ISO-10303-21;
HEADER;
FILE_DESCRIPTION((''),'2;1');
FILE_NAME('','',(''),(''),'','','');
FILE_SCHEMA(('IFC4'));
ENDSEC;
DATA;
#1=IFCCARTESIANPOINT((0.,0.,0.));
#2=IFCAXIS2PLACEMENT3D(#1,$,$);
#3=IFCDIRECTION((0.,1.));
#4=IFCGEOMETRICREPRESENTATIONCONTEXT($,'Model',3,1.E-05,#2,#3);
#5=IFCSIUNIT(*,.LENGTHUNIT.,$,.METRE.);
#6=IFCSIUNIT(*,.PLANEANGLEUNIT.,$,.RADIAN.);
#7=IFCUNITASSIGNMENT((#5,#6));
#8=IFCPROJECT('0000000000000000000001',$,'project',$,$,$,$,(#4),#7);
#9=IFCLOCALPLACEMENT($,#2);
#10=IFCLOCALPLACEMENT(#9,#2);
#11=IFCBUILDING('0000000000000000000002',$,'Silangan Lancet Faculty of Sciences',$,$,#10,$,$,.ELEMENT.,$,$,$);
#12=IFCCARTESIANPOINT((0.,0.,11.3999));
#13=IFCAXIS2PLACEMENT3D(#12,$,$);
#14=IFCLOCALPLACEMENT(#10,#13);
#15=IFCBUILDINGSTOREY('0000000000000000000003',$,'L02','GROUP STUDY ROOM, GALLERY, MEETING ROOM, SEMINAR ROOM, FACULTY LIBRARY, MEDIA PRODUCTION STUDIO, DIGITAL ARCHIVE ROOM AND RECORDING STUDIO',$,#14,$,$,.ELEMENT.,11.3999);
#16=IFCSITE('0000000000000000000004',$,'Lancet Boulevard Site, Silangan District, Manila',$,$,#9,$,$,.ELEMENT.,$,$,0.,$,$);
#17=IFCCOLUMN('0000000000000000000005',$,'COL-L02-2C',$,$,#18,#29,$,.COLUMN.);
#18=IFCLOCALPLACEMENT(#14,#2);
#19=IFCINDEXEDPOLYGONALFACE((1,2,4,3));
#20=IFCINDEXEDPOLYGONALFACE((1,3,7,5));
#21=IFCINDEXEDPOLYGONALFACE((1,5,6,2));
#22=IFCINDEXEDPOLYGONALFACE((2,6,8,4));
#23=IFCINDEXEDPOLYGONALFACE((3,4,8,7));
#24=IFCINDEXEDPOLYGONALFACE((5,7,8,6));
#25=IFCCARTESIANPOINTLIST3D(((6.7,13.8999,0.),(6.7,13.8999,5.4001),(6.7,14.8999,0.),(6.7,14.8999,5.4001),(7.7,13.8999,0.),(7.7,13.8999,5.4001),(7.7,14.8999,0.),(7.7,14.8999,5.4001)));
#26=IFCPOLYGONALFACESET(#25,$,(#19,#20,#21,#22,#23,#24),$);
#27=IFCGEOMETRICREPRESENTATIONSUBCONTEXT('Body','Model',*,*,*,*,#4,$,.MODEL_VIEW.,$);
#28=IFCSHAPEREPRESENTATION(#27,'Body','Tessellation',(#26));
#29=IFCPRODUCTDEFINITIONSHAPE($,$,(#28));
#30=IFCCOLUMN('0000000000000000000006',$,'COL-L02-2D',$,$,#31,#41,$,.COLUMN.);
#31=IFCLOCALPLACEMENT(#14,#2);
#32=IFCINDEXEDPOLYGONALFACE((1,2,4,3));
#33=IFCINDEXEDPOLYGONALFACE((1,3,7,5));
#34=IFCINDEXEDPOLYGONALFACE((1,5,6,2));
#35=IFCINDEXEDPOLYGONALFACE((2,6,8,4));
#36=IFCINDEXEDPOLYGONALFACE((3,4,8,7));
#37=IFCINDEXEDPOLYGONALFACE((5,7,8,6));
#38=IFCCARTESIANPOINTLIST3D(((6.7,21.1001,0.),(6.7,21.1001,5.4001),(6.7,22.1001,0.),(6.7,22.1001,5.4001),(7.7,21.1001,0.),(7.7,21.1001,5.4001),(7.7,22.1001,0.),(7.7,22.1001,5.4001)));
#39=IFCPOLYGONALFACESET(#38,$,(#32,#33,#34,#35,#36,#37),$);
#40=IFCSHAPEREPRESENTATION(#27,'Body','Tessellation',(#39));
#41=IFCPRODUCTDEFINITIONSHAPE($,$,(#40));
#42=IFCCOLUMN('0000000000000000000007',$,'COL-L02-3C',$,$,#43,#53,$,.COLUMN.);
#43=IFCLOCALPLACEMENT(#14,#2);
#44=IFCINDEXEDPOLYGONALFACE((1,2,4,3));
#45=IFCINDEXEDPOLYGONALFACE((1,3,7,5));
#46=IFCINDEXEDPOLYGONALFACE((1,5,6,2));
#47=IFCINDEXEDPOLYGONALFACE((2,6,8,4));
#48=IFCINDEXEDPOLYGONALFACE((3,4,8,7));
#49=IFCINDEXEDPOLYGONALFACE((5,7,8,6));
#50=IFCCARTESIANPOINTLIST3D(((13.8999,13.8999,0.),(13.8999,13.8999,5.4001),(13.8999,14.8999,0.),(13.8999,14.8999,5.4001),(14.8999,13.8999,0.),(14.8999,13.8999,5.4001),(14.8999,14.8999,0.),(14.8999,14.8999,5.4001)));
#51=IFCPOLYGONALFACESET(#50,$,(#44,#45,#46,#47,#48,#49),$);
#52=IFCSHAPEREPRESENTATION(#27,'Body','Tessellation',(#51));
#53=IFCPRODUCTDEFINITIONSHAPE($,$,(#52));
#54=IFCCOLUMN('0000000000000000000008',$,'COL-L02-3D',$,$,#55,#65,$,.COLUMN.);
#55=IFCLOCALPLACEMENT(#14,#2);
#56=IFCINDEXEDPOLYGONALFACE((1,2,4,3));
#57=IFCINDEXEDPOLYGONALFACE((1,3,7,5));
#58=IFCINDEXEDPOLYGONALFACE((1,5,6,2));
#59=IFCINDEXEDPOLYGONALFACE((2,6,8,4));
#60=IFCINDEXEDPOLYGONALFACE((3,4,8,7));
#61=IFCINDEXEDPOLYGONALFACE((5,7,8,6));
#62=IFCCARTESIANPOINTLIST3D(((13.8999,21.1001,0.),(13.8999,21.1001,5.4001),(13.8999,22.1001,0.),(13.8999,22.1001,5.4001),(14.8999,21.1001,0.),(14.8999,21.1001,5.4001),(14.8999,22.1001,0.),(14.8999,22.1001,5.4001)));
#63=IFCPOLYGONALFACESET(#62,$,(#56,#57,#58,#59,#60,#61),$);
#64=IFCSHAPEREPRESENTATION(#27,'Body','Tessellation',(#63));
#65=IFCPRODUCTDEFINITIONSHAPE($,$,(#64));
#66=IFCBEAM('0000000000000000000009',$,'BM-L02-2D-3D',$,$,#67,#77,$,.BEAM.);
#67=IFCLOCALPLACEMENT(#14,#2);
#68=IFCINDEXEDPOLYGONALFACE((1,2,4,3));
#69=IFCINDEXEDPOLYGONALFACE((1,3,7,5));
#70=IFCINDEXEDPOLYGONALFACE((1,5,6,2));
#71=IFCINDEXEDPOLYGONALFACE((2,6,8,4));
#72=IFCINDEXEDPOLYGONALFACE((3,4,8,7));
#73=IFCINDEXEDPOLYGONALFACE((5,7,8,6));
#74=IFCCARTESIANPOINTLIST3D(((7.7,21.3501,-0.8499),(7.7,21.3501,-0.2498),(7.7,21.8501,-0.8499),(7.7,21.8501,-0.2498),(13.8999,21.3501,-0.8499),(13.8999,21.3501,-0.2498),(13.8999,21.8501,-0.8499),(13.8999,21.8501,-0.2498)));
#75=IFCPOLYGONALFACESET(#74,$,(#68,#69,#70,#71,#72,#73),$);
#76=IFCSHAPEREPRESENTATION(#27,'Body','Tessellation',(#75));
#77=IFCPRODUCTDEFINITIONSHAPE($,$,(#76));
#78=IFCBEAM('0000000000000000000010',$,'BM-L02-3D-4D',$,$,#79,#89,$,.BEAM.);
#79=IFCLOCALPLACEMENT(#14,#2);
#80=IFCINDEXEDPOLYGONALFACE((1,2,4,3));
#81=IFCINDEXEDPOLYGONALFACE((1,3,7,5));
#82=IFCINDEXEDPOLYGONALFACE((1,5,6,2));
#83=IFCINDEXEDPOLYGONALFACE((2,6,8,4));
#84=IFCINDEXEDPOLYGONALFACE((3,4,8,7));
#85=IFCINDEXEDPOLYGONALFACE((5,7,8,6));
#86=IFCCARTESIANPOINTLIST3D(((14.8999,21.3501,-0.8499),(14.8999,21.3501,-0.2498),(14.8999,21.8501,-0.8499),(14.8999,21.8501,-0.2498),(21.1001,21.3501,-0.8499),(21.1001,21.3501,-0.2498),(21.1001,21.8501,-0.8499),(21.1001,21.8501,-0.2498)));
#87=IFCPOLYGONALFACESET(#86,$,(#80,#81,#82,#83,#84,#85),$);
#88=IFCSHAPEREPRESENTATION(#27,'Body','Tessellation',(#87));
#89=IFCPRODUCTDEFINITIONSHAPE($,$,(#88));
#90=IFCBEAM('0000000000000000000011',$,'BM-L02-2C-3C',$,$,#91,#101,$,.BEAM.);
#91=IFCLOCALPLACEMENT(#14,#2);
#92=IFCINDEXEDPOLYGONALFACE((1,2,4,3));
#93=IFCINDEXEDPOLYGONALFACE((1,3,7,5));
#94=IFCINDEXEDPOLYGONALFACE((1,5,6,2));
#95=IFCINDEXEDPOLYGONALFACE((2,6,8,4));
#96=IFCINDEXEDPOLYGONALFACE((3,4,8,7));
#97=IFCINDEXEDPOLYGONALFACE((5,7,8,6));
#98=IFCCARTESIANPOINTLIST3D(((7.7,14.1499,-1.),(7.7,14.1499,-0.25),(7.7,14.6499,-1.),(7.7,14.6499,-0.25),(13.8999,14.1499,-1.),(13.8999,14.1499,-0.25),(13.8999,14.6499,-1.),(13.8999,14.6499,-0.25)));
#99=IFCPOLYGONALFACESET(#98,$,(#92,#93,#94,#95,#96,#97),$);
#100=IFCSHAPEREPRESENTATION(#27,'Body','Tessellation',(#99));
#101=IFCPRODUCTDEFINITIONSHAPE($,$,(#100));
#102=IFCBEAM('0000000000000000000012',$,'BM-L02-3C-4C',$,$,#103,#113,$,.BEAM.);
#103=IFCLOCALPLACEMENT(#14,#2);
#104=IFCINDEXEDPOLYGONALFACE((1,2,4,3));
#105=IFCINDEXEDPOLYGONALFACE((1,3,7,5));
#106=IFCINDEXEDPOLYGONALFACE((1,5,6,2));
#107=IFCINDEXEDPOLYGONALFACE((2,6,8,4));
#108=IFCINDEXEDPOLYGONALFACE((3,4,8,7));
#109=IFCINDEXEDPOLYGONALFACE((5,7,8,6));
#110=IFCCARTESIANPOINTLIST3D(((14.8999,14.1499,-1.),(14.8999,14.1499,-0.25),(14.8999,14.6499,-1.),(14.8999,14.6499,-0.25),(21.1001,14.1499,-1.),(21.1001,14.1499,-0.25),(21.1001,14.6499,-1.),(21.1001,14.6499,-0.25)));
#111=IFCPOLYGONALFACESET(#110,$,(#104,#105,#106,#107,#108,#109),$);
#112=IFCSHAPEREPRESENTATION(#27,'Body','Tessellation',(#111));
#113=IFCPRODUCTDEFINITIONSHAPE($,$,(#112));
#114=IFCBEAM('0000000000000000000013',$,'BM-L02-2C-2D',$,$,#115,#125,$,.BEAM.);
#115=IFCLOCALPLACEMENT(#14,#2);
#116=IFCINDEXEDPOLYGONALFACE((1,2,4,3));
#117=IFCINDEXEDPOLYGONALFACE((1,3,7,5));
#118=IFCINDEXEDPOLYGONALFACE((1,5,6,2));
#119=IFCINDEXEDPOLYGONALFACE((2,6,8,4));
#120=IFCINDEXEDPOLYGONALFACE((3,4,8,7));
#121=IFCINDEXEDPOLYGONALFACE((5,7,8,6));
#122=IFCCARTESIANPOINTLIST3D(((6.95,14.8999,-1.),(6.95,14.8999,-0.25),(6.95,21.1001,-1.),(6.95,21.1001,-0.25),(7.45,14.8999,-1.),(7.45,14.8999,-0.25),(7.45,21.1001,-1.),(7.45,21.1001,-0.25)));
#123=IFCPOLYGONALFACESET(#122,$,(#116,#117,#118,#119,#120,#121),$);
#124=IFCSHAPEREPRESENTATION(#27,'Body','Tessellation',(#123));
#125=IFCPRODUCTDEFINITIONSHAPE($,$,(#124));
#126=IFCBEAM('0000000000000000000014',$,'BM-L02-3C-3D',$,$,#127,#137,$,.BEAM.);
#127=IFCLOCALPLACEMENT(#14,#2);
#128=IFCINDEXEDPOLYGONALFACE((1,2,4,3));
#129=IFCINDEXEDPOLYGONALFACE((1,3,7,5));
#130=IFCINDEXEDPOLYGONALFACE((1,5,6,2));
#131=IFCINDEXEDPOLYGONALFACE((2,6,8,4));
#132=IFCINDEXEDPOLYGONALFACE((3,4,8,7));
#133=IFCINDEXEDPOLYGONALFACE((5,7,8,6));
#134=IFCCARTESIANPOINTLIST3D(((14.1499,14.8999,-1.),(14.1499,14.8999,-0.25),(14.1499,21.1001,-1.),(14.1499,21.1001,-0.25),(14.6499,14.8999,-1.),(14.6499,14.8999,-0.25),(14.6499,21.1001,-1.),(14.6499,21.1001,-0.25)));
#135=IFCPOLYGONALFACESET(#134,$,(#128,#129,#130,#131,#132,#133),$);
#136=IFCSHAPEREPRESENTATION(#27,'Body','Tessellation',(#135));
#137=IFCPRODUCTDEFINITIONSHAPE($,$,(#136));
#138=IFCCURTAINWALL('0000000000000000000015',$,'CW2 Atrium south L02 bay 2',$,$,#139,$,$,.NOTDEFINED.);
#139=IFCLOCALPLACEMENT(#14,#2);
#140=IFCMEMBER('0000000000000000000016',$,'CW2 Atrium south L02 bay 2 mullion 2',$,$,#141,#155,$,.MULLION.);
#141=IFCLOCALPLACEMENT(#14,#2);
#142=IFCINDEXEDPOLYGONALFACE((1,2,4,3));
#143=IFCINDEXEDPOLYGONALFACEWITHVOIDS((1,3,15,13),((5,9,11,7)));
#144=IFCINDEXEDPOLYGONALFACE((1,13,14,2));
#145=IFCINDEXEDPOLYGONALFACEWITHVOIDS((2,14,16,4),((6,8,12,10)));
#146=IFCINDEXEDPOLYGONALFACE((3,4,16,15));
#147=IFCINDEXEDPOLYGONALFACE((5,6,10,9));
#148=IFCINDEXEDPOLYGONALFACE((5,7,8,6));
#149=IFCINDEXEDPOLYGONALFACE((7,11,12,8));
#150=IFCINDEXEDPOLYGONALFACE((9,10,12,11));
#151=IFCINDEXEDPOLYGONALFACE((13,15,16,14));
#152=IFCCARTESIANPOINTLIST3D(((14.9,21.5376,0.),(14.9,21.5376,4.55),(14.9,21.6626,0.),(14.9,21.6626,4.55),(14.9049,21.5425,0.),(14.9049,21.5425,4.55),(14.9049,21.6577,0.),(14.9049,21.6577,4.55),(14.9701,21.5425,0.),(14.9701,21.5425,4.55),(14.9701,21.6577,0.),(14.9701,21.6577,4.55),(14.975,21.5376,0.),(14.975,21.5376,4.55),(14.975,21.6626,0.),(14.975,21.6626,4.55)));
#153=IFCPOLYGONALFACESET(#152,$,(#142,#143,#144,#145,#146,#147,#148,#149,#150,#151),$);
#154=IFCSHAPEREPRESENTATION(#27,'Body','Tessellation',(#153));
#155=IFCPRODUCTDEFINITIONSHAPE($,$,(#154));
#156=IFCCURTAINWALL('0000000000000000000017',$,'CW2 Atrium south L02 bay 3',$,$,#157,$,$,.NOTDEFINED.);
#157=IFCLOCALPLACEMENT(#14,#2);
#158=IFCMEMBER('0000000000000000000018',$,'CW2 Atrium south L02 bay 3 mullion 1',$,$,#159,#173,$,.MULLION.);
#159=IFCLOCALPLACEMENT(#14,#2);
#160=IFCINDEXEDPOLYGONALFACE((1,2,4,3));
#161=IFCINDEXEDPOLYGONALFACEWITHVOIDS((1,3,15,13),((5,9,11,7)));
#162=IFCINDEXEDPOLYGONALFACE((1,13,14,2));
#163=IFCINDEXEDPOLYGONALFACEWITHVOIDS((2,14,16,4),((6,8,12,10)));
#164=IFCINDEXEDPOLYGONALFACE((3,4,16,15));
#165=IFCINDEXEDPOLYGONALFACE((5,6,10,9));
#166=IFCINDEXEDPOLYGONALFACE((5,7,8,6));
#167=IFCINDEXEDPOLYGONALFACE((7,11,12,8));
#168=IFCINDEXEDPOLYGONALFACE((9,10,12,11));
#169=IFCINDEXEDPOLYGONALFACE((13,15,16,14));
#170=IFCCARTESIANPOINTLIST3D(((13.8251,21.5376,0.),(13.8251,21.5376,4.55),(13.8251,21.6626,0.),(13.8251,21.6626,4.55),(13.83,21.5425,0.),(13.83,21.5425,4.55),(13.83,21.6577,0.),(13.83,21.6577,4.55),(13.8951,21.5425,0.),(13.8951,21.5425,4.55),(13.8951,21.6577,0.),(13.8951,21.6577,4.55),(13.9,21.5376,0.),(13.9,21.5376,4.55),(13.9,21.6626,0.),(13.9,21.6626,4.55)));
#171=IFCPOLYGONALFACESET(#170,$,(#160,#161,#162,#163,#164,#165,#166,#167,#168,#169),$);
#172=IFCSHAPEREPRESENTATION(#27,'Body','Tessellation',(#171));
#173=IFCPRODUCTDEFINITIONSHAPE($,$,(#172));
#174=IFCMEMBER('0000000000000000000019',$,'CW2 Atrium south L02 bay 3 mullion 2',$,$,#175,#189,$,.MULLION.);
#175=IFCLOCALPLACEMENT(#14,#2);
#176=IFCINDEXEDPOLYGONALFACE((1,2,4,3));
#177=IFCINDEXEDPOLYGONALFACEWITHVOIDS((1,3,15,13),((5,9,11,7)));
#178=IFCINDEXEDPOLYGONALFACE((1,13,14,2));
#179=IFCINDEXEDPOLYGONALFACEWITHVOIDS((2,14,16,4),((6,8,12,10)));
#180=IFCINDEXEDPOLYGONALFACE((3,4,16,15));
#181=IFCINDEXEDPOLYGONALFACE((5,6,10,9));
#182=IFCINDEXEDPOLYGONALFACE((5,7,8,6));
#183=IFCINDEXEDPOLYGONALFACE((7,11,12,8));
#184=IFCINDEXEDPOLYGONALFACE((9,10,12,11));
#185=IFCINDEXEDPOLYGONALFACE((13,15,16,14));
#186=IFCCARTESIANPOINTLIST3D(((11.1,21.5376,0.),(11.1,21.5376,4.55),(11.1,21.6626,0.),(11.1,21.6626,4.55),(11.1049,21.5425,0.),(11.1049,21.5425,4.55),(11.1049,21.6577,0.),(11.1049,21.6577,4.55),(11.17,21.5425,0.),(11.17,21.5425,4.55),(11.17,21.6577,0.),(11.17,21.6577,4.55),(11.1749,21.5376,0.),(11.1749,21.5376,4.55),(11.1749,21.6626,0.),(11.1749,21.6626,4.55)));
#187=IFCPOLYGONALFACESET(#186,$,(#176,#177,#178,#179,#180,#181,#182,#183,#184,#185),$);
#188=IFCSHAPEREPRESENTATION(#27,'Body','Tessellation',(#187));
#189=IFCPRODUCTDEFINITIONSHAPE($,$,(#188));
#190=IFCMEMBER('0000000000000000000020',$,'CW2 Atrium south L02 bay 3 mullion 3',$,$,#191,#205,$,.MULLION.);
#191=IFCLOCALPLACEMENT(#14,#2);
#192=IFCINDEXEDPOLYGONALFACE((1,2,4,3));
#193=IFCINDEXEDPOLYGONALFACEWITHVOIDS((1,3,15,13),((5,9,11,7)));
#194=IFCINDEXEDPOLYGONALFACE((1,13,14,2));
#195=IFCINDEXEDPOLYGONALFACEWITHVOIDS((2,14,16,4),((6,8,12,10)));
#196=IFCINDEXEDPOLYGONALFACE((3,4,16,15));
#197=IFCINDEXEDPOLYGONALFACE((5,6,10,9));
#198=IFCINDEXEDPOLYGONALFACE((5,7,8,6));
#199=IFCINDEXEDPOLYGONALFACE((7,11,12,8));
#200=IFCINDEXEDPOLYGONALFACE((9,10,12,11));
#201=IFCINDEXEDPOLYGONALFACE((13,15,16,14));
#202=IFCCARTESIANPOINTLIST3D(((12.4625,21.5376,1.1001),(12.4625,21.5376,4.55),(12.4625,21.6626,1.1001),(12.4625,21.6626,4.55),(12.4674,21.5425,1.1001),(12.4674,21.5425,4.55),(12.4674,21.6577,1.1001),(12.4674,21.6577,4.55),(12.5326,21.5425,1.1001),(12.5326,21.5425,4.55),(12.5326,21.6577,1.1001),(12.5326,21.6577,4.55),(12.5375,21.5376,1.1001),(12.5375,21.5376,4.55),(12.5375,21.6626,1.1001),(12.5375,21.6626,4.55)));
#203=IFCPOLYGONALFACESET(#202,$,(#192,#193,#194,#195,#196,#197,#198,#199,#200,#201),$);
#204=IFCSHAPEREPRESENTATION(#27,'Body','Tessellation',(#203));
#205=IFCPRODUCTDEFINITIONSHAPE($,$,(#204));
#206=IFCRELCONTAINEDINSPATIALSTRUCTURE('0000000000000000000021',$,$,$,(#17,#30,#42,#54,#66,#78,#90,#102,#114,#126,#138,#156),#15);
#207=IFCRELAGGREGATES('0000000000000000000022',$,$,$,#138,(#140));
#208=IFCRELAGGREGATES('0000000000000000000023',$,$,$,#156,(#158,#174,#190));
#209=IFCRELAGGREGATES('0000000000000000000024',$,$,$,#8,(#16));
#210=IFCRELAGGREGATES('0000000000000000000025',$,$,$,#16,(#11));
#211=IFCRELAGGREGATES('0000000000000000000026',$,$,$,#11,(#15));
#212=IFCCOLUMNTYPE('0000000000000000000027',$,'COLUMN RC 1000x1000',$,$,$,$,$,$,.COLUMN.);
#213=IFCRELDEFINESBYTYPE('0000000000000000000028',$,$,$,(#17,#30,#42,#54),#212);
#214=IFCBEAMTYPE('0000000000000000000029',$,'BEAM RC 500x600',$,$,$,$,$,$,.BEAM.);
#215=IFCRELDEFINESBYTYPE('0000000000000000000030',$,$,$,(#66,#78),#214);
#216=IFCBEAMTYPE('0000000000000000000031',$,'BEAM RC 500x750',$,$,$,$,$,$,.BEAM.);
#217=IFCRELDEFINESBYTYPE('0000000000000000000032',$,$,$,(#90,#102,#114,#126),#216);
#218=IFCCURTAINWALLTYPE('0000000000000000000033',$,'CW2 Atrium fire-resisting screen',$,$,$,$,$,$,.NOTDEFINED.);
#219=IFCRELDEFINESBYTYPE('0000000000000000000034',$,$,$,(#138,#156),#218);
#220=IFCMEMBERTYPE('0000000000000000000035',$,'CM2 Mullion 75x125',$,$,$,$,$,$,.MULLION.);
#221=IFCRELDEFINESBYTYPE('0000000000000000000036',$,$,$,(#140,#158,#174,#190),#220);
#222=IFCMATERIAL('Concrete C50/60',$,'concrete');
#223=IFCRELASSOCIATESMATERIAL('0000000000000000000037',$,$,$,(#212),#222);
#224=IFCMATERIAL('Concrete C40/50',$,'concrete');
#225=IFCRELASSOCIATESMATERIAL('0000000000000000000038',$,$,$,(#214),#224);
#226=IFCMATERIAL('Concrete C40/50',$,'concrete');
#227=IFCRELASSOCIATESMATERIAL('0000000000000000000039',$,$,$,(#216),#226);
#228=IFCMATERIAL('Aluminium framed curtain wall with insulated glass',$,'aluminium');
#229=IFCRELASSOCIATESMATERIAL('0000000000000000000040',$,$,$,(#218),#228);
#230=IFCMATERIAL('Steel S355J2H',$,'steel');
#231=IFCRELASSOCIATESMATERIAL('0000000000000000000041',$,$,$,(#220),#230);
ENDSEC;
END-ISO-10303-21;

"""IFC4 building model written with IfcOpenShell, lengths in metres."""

from ifc_helpers import new_model, si_unit, direction, frame, origin, origin_2d, place, context, subcontext, project, spatial, rectangle, hollow_rectangle, extrude, material, material_profile, profile_set, type_object, element, aggregate, save


model = new_model("IFC4")

# Units and contexts
model_context = context("Model", 3, precision=1e-05, world=origin(), true_north=direction((0.0, 1.0)))
body_context = subcontext(model_context, "Body", "Model", "MODEL_VIEW")
ifc_project = project(units=[si_unit("LENGTHUNIT", "METRE"), si_unit("PLANEANGLEUNIT", "RADIAN")], contexts=[model_context])

# Site, building, storey
site_placement = place(None, origin())
site = spatial("IfcSite", under=ifc_project, at=site_placement, Name="Lancet Boulevard Site, Silangan District, Manila", CompositionType="ELEMENT", RefElevation=0.0)
building_placement = place(site_placement, origin())
building = spatial("IfcBuilding", under=site, at=building_placement, Name="Silangan Lancet Faculty of Sciences", CompositionType="ELEMENT")
storey_placement = place(building_placement, frame((0.0, 0.0, 11.3999)))
storey = spatial("IfcBuildingStorey", under=building, at=storey_placement, Name="L02", Description="GROUP STUDY ROOM, GALLERY, MEETING ROOM, SEMINAR ROOM, FACULTY LIBRARY, MEDIA PRODUCTION STUDIO, DIGITAL ARCHIVE ROOM AND RECORDING STUDIO", CompositionType="ELEMENT", Elevation=11.3999)

# Columns
ifc_material_1 = material(Name="Concrete C50/60", Category="concrete")
ifc_material_profile_1 = material_profile(ifc_material_1, rectangle(XDim=1.0, YDim=1.0, at=origin_2d()), Name="RC 1000x1000")
ifc_profile_set_1 = profile_set([ifc_material_profile_1], Name="Concrete C50/60")
column_type = type_object("IfcColumnType", Name="COLUMN RC 1000x1000", PredefinedType="COLUMN", material=ifc_profile_set_1)
for number, where, z_axis, x_axis, name in (
    (1, (7.2, 14.3999, 0.0), (0.0, 0.0, 1.0), (1.0, 0.0, 0.0), "COL-L02-2C"),
    (2, (7.2, 21.6001, 0.0), (0.0, 0.0, 1.0), (1.0, 0.0, 0.0), "COL-L02-2D"),
    (3, (14.3999, 14.3999, 0.0), (0.0, 0.0, 1.0), (1.0, 0.0, 0.0), "COL-L02-3C"),
    (4, (14.3999, 21.6001, 0.0), (0.0, 0.0, 1.0), (1.0, 0.0, 0.0), "COL-L02-3D"),
):
    element("IfcColumn", number, at=place(storey_placement, frame(where, z_axis=z_axis, x_axis=x_axis)), inside=storey, type_object=column_type, Name=name, PredefinedType="COLUMN", context=body_context, shape_type="SweptSolid", body=[
        extrude(rectangle(XDim=1.0, YDim=1.0, at=origin_2d()), origin(), (0.0, 0.0, 1.0), 5.4001),
    ])

# Beams
ifc_material_2 = material(Name="Concrete C40/50", Category="concrete")
ifc_material_profile_2 = material_profile(ifc_material_2, rectangle(XDim=0.5, YDim=0.6001, at=origin_2d()), Name="RC 500x600")
ifc_profile_set_2 = profile_set([ifc_material_profile_2], Name="Concrete C40/50")
beam_type_1 = type_object("IfcBeamType", Name="BEAM RC 500x600", PredefinedType="BEAM", material=ifc_profile_set_2)
beam_1_placement = place(storey_placement, frame((7.7, 21.6001, -0.5498), z_axis=(1.0, 0.0, 0.0), x_axis=(0.0, 1.0, 0.0)))
element("IfcBeam", 5, at=beam_1_placement, inside=storey, type_object=beam_type_1, Name="BM-L02-2D-3D", PredefinedType="BEAM", context=body_context, shape_type="SweptSolid", body=[
    extrude(rectangle(XDim=0.5, YDim=0.6001, at=origin_2d()), origin(), (0.0, 0.0, 1.0), 6.2),
])
beam_2_placement = place(storey_placement, frame((14.8999, 21.6001, -0.5498), z_axis=(1.0, 0.0, 0.0), x_axis=(0.0, 1.0, 0.0)))
element("IfcBeam", 6, at=beam_2_placement, inside=storey, type_object=beam_type_1, Name="BM-L02-3D-4D", PredefinedType="BEAM", context=body_context, shape_type="SweptSolid", body=[
    extrude(rectangle(XDim=0.5, YDim=0.6001, at=origin_2d()), origin(), (0.0, 0.0, 1.0), 6.2002),
])
ifc_material_3 = material(Name="Concrete C40/50", Category="concrete")
ifc_material_profile_3 = material_profile(ifc_material_3, rectangle(XDim=0.5, YDim=0.75, at=origin_2d()), Name="RC 500x750")
ifc_profile_set_3 = profile_set([ifc_material_profile_3], Name="Concrete C40/50")
beam_type_2 = type_object("IfcBeamType", Name="BEAM RC 500x750", PredefinedType="BEAM", material=ifc_profile_set_3)
beam_3_placement = place(storey_placement, frame((7.7, 14.3999, -0.625), z_axis=(1.0, 0.0, 0.0), x_axis=(0.0, 1.0, 0.0)))
element("IfcBeam", 7, at=beam_3_placement, inside=storey, type_object=beam_type_2, Name="BM-L02-2C-3C", PredefinedType="BEAM", context=body_context, shape_type="SweptSolid", body=[
    extrude(rectangle(XDim=0.5, YDim=0.75, at=origin_2d()), origin(), (0.0, 0.0, 1.0), 6.2),
])
for number, where, z_axis, x_axis, name in (
    (8, (14.8999, 14.3999, -0.625), (1.0, 0.0, 0.0), (0.0, 1.0, 0.0), "BM-L02-3C-4C"),
    (9, (7.2, 14.8999, -0.625), (0.0, 1.0, 0.0), (-1.0, 0.0, 0.0), "BM-L02-2C-2D"),
    (10, (14.3999, 14.8999, -0.625), (0.0, 1.0, 0.0), (-1.0, 0.0, 0.0), "BM-L02-3C-3D"),
):
    element("IfcBeam", number, at=place(storey_placement, frame(where, z_axis=z_axis, x_axis=x_axis)), inside=storey, type_object=beam_type_2, Name=name, PredefinedType="BEAM", context=body_context, shape_type="SweptSolid", body=[
        extrude(rectangle(XDim=0.5, YDim=0.75, at=origin_2d()), origin(), (0.0, 0.0, 1.0), 6.2002),
    ])

# Curtain wall, member
ifc_material_4 = material(Name="Aluminium framed curtain wall with insulated glass", Category="aluminium")
curtain_wall_type = type_object("IfcCurtainWallType", Name="CW2 Atrium fire-resisting screen", PredefinedType="NOTDEFINED", material=ifc_material_4)
curtain_wall_1_placement = place(storey_placement, origin())
curtain_wall_1 = element("IfcCurtainWall", 11, at=curtain_wall_1_placement, inside=storey, type_object=curtain_wall_type, Name="CW2 Atrium south L02 bay 2", PredefinedType="NOTDEFINED")
ifc_material_5 = material(Name="Steel S355J2H", Category="steel")
ifc_material_profile_4 = material_profile(ifc_material_5, hollow_rectangle(XDim=0.075, YDim=0.125, WallThickness=0.0049, at=origin_2d()), Name="ST BOX 75x125x5")
ifc_profile_set_4 = profile_set([ifc_material_profile_4], Name="Steel S355J2H")
member_type_1 = type_object("IfcMemberType", Name="CM2 Mullion 75x125", PredefinedType="MULLION", material=ifc_profile_set_4)
member_1_placement = place(storey_placement, frame((14.9375, 21.6001, 0.0), z_axis=(0.0, 0.0, 1.0), x_axis=(-1.0, 0.0, 0.0)))
member_1 = element("IfcMember", 12, at=member_1_placement, type_object=member_type_1, Name="CW2 Atrium south L02 bay 2 mullion 2", PredefinedType="MULLION", context=body_context, shape_type="SweptSolid", body=[
    extrude(hollow_rectangle(XDim=0.075, YDim=0.125, WallThickness=0.0049, at=origin_2d()), origin(), (0.0, 0.0, 1.0), 4.55),
])
aggregate(curtain_wall_1, [member_1])

# Curtain wall, members
curtain_wall_2_placement = place(storey_placement, origin())
curtain_wall_2 = element("IfcCurtainWall", 13, at=curtain_wall_2_placement, inside=storey, type_object=curtain_wall_type, Name="CW2 Atrium south L02 bay 3", PredefinedType="NOTDEFINED")
member_2_placement = place(storey_placement, frame((13.8625, 21.6001, 0.0), z_axis=(0.0, 0.0, 1.0), x_axis=(-1.0, 0.0, 0.0)))
member_2 = element("IfcMember", 14, at=member_2_placement, type_object=member_type_1, Name="CW2 Atrium south L02 bay 3 mullion 1", PredefinedType="MULLION", context=body_context, shape_type="SweptSolid", body=[
    extrude(hollow_rectangle(XDim=0.075, YDim=0.125, WallThickness=0.0049, at=origin_2d()), origin(), (0.0, 0.0, 1.0), 4.55),
])
member_3_placement = place(storey_placement, frame((11.1375, 21.6001, 0.0), z_axis=(0.0, 0.0, 1.0), x_axis=(-1.0, 0.0, 0.0)))
member_3 = element("IfcMember", 15, at=member_3_placement, type_object=member_type_1, Name="CW2 Atrium south L02 bay 3 mullion 2", PredefinedType="MULLION", context=body_context, shape_type="SweptSolid", body=[
    extrude(hollow_rectangle(XDim=0.075, YDim=0.125, WallThickness=0.0049, at=origin_2d()), origin(), (0.0, 0.0, 1.0), 4.55),
])
member_4_placement = place(storey_placement, frame((12.5, 21.6001, 1.1001), z_axis=(0.0, 0.0, 1.0), x_axis=(-1.0, 0.0, 0.0)))
member_4 = element("IfcMember", 16, at=member_4_placement, type_object=member_type_1, Name="CW2 Atrium south L02 bay 3 mullion 3", PredefinedType="MULLION", context=body_context, shape_type="SweptSolid", body=[
    extrude(hollow_rectangle(XDim=0.075, YDim=0.125, WallThickness=0.0049, at=origin_2d()), origin(), (0.0, 0.0, 1.0), 3.45),
])

aggregate(curtain_wall_2, [member_2, member_3, member_4])

save(model, "model.ifc")
